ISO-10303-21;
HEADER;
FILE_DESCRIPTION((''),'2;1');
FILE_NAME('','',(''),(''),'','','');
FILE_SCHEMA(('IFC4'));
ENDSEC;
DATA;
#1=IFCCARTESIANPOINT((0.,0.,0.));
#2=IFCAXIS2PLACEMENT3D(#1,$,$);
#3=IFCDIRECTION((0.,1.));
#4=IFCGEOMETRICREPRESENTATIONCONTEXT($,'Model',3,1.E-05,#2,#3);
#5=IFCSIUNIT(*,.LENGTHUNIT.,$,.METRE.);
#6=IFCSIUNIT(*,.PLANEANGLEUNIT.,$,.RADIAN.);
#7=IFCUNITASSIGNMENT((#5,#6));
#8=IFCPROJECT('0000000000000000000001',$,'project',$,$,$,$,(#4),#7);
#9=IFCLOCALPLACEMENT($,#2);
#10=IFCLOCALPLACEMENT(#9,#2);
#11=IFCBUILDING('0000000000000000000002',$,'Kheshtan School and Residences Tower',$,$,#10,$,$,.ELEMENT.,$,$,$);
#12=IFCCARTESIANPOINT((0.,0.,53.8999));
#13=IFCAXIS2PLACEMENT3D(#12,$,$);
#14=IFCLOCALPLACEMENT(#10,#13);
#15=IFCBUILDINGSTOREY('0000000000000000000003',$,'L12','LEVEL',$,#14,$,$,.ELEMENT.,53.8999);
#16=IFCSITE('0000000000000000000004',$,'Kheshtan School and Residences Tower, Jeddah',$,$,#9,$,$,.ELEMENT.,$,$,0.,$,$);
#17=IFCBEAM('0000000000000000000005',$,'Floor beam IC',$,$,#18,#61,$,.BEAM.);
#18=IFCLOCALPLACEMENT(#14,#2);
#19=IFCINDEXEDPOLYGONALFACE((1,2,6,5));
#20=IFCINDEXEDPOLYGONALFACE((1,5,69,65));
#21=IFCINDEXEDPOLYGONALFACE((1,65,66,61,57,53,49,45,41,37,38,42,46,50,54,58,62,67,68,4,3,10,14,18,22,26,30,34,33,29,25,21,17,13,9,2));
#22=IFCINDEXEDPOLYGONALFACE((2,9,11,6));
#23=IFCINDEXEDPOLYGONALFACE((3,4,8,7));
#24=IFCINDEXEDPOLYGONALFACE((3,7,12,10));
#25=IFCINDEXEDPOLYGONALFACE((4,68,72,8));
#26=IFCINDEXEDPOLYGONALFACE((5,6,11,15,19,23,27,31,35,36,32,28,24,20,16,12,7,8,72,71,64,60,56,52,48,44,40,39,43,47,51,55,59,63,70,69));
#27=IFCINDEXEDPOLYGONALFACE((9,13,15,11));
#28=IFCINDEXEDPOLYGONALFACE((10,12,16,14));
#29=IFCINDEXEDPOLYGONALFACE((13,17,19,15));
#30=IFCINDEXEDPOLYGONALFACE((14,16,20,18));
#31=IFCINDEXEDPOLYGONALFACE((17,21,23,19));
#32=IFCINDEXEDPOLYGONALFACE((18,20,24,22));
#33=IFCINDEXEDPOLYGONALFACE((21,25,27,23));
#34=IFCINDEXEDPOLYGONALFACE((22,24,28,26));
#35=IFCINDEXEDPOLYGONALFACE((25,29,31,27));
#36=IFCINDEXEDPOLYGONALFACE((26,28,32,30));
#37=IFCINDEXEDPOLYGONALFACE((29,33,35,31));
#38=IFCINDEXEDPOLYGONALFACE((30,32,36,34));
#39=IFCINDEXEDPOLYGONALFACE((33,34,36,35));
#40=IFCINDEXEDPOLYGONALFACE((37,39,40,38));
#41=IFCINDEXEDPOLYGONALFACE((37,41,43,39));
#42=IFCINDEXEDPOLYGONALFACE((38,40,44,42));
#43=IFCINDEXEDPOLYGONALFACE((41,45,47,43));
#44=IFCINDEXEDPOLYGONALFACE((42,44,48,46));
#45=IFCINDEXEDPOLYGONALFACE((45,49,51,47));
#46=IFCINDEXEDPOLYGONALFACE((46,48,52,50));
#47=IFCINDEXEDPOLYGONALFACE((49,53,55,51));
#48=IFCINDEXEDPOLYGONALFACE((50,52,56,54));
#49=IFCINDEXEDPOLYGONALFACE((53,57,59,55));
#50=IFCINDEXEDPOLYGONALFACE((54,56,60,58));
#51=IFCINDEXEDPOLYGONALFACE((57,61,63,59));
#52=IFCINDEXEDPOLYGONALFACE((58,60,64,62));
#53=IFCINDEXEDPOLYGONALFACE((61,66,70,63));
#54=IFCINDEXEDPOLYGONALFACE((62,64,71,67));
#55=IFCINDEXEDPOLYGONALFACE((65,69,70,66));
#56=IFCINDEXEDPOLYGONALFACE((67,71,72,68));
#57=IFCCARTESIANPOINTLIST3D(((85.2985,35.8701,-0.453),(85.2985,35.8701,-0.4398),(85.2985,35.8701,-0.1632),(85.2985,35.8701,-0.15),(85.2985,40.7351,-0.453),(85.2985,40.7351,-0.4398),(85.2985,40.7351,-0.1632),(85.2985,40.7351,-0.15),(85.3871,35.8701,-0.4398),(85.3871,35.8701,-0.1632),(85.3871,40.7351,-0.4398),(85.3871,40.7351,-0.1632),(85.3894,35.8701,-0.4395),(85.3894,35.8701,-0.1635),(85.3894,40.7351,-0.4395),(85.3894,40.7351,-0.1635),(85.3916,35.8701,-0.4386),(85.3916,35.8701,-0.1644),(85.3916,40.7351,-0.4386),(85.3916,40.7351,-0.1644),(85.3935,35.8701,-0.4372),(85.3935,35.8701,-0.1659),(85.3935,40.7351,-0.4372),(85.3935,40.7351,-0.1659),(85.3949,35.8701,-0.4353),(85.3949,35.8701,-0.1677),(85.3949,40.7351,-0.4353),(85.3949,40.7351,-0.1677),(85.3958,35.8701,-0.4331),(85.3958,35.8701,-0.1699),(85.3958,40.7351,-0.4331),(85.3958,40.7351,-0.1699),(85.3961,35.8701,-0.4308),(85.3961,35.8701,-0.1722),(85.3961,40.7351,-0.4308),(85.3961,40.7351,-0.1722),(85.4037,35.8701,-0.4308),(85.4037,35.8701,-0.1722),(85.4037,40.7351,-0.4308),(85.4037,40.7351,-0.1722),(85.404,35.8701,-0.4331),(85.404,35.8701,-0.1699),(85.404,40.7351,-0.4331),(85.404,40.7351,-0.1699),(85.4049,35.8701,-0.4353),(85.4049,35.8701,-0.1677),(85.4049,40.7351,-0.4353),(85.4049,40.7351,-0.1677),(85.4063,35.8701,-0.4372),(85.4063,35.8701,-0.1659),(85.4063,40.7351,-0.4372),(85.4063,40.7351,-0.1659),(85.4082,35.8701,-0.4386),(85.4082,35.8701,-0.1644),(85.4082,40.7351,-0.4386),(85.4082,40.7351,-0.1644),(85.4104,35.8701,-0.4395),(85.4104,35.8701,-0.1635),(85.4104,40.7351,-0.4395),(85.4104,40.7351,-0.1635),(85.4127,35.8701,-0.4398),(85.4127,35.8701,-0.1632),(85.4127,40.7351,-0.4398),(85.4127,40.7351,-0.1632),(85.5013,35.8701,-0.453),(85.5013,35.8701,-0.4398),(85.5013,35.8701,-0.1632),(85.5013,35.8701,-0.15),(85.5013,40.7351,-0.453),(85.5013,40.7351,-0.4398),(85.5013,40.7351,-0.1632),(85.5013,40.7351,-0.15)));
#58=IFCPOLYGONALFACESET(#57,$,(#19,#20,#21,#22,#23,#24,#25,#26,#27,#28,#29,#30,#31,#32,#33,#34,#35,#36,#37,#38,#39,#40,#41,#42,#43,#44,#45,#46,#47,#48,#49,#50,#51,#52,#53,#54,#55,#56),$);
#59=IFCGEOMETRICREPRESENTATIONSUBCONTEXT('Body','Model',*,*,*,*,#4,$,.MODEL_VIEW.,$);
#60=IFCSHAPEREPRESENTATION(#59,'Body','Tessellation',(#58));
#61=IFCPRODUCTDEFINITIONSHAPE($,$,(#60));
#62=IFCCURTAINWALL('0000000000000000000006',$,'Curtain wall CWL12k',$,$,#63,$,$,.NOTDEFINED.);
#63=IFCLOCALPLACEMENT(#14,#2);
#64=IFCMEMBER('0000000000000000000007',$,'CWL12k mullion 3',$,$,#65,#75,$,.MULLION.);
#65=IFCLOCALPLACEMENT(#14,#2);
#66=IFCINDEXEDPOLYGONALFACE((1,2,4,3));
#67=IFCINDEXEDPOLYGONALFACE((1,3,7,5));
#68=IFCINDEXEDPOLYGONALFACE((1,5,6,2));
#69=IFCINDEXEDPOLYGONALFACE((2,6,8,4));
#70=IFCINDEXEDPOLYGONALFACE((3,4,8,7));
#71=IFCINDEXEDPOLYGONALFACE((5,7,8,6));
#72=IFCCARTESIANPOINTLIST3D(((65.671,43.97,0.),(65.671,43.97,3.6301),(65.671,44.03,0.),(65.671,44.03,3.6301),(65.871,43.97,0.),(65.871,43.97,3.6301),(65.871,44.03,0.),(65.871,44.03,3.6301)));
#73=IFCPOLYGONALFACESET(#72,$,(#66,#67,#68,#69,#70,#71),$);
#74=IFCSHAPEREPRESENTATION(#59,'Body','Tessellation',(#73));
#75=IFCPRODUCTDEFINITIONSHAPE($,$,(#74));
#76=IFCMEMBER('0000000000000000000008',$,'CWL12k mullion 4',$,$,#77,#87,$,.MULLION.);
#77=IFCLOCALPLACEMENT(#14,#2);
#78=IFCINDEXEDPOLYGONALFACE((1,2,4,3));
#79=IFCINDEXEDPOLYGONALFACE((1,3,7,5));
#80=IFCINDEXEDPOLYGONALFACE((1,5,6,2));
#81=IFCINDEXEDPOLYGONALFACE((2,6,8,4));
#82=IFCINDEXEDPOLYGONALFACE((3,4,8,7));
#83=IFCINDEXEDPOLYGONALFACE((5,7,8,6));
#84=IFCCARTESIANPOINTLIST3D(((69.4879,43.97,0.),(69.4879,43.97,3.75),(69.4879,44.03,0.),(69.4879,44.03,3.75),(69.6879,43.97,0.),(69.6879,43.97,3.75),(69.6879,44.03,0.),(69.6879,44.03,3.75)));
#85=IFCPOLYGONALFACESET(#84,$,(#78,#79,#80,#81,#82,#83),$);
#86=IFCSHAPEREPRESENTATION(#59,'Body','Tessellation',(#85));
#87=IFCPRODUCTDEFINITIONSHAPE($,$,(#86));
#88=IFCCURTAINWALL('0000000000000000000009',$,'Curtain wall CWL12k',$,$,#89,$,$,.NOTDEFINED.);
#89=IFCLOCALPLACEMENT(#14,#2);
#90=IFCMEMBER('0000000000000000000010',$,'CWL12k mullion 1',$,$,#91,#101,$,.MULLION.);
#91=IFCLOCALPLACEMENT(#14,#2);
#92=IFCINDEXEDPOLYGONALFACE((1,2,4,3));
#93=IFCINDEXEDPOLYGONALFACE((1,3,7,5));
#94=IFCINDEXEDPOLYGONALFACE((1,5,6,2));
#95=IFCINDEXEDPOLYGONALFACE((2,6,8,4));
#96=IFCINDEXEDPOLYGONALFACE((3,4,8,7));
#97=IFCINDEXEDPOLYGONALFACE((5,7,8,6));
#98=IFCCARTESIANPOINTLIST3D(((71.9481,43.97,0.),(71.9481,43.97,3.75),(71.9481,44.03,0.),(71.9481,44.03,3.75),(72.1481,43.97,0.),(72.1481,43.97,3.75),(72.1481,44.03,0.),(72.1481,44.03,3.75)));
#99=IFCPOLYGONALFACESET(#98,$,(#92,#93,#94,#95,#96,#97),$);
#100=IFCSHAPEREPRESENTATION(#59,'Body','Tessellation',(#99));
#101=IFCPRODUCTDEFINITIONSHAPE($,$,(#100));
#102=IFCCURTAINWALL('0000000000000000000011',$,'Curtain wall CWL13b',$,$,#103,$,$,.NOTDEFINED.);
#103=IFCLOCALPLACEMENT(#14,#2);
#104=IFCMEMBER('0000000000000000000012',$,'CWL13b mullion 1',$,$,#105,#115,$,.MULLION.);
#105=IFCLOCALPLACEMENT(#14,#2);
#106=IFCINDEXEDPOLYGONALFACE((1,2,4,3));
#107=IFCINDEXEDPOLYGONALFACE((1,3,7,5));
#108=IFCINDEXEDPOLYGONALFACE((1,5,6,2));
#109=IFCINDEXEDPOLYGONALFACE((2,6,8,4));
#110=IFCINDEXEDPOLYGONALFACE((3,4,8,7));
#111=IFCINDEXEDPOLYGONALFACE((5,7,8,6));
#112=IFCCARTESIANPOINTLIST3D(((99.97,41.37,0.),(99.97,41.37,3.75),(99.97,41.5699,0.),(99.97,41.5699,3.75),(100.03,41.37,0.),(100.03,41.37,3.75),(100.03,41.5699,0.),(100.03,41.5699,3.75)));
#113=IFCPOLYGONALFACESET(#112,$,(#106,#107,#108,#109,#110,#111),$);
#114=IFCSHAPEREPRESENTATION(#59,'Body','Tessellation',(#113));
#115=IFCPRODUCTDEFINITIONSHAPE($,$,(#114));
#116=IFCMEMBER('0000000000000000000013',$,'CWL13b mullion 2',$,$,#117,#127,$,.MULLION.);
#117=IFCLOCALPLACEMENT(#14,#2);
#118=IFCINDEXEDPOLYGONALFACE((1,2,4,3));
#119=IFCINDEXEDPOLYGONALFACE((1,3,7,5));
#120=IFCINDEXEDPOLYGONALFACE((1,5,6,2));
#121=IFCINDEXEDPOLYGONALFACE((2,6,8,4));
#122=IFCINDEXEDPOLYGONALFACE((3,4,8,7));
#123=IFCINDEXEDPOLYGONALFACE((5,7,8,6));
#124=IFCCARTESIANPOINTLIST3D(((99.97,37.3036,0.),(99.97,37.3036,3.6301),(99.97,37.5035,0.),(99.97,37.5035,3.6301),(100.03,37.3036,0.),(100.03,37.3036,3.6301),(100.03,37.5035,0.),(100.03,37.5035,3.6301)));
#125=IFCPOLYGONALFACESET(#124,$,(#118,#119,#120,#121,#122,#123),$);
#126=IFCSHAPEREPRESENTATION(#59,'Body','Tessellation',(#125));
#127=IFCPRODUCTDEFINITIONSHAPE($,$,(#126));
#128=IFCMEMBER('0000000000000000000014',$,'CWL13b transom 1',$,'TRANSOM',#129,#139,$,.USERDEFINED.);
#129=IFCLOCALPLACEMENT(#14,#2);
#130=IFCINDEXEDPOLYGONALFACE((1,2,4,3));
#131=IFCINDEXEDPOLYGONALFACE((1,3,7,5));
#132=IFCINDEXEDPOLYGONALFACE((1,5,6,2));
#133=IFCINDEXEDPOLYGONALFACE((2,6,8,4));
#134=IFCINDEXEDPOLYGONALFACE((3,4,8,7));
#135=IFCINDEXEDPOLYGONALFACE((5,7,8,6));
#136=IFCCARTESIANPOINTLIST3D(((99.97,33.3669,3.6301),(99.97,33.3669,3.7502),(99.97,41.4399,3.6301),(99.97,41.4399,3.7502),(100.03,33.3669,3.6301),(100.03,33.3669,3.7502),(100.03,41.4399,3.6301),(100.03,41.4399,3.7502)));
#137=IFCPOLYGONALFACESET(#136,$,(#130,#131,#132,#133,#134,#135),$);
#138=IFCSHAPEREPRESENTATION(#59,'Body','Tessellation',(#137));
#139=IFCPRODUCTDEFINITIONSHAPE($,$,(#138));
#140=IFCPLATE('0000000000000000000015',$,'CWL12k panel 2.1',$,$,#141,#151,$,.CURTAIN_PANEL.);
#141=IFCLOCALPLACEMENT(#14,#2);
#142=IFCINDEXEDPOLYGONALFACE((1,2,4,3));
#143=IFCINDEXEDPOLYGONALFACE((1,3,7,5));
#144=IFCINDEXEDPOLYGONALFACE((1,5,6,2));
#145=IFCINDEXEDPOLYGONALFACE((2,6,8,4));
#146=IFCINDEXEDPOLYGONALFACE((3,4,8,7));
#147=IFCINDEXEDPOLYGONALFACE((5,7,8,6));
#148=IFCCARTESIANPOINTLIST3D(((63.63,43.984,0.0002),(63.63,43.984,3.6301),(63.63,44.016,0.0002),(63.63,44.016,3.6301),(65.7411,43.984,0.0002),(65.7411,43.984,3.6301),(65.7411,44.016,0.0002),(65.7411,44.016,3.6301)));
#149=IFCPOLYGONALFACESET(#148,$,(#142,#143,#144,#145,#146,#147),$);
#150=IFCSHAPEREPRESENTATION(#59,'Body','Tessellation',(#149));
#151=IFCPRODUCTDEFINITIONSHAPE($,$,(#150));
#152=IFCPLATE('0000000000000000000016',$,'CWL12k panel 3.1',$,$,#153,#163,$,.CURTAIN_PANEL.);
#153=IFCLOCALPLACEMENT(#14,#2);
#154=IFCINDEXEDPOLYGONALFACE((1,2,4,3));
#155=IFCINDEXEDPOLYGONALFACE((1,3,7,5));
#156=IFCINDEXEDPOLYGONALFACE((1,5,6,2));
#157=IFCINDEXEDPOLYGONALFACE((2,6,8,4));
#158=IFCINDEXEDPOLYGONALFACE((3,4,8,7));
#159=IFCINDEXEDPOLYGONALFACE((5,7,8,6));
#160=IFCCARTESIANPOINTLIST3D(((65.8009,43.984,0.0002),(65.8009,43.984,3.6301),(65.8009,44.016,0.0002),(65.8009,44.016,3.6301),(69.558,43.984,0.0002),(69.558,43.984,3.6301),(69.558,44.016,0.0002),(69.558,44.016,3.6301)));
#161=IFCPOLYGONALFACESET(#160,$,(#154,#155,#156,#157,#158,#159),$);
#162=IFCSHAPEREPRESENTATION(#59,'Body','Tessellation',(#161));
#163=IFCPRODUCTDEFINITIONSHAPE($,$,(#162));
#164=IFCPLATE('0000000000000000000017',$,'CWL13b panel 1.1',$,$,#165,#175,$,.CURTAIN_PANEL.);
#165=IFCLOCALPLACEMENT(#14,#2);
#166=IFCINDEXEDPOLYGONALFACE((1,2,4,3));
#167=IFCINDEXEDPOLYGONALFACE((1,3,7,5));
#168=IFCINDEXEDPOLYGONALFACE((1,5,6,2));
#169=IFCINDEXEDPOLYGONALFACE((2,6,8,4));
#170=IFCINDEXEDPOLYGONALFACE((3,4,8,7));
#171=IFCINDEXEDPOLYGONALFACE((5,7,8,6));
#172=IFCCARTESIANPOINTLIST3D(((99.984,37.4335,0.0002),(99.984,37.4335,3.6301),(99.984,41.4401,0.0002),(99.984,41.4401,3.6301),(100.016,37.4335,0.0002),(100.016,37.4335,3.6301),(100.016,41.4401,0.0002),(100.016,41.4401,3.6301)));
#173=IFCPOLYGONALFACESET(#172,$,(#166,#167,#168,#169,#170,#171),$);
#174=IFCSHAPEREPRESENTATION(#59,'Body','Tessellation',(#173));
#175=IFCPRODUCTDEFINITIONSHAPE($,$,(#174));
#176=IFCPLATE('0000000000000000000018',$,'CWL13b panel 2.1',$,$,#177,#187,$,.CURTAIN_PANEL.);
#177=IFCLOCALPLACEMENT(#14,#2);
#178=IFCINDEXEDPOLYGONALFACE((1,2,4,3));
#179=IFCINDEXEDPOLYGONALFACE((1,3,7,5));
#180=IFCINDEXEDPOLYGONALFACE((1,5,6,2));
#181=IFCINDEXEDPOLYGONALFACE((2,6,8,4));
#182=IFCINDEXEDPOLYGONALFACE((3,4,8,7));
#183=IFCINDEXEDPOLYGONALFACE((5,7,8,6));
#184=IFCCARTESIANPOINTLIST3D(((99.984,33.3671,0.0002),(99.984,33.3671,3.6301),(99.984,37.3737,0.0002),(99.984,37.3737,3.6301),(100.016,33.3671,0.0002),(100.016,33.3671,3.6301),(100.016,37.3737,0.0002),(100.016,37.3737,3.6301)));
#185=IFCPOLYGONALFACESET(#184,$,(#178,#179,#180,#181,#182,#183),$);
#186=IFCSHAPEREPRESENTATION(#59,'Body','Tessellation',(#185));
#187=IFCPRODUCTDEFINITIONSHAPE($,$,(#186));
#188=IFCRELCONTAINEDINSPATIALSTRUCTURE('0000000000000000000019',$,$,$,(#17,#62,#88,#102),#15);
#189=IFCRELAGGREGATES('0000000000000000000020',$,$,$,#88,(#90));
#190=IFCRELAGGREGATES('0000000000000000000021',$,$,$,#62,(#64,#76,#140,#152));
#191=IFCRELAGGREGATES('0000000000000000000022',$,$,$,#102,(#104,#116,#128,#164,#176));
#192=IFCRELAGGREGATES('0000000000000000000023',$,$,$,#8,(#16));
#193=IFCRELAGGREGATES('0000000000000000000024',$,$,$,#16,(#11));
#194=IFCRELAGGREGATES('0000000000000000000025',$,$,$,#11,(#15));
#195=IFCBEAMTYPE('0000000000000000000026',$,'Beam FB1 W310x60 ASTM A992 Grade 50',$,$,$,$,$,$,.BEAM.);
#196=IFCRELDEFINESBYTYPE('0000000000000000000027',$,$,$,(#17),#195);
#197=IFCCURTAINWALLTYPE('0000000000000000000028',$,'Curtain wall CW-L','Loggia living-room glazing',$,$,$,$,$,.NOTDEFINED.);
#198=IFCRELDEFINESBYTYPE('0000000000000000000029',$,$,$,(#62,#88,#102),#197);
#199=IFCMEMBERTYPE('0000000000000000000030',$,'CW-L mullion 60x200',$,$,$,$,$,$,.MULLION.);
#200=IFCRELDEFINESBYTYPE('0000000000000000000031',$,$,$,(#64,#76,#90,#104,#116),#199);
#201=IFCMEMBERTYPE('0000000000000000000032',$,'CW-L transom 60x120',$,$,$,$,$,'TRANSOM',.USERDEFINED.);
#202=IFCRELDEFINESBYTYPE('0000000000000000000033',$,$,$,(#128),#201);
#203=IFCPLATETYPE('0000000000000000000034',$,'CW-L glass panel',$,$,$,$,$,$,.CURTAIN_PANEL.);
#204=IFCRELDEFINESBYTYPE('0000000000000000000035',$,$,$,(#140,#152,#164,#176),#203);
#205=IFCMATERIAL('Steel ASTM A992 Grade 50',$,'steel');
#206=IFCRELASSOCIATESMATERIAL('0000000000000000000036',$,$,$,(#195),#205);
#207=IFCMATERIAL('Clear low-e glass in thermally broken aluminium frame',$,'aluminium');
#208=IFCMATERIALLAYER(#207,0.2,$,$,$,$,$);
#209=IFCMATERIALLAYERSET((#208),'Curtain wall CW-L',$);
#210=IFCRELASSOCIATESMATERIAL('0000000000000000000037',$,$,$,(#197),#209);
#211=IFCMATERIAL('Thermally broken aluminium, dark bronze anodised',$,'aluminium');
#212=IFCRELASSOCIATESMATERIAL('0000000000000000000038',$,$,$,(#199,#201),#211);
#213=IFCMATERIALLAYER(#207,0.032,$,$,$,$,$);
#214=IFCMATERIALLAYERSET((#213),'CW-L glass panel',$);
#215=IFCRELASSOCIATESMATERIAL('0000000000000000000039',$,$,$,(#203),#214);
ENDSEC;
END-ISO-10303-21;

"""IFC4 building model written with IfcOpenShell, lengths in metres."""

from ifc_helpers import new_model, si_unit, direction, frame, origin, origin_2d, place, context, subcontext, project, spatial, rectangle, i_section, extrude, material, layer, layer_set, material_profile, profile_set, type_object, element, aggregate, save


model = new_model("IFC4")

# Units and contexts
model_context = context("Model", 3, precision=1e-05, world=origin(), true_north=direction((0.0, 1.0)))
body_context = subcontext(model_context, "Body", "Model", "MODEL_VIEW")
ifc_project = project(units=[si_unit("LENGTHUNIT", "METRE"), si_unit("PLANEANGLEUNIT", "RADIAN")], contexts=[model_context])

# Site, building, storey
site_placement = place(None, origin())
site = spatial("IfcSite", under=ifc_project, at=site_placement, Name="Kheshtan School and Residences Tower, Jeddah", CompositionType="ELEMENT", RefElevation=0.0)
building_placement = place(site_placement, origin())
building = spatial("IfcBuilding", under=site, at=building_placement, Name="Kheshtan School and Residences Tower", CompositionType="ELEMENT")
storey_placement = place(building_placement, frame((0.0, 0.0, 53.8999)))
storey = spatial("IfcBuildingStorey", under=building, at=storey_placement, Name="L12", Description="LEVEL", CompositionType="ELEMENT", Elevation=53.8999)

# Beam
ifc_material_1 = material(Name="Steel ASTM A992 Grade 50", Category="steel")
ifc_material_profile_1 = material_profile(ifc_material_1, i_section(OverallWidth=0.2029, OverallDepth=0.303, WebThickness=0.0076, FlangeThickness=0.0132, FilletRadius=0.009, at=origin_2d()), Name="W310x60")
ifc_profile_set_1 = profile_set([ifc_material_profile_1], Name="Steel ASTM A992 Grade 50")
beam_type = type_object("IfcBeamType", Name="Beam FB1 W310x60 ASTM A992 Grade 50", PredefinedType="BEAM", material=ifc_profile_set_1)
beam_placement = place(storey_placement, frame((85.3999, 40.7351, -0.3015), z_axis=(0.0, -1.0, 0.0), x_axis=(1.0, 0.0, 0.0)))
element("IfcBeam", 1, at=beam_placement, inside=storey, type_object=beam_type, Name="Floor beam IC", PredefinedType="BEAM", context=body_context, shape_type="SweptSolid", body=[
    extrude(i_section(OverallWidth=0.2029, OverallDepth=0.303, WebThickness=0.0076, FlangeThickness=0.0132, FilletRadius=0.009, at=origin_2d()), origin(), (0.0, 0.0, 1.0), 4.865),
])

# Curtain wall, members
ifc_material_2 = material(Name="Clear low-e glass in thermally broken aluminium frame", Category="aluminium")
ifc_layer_1 = layer(ifc_material_2, 0.2)
ifc_layer_set_1 = layer_set([ifc_layer_1], Name="Curtain wall CW-L")
curtain_wall_type = type_object("IfcCurtainWallType", Name="Curtain wall CW-L", Description="Loggia living-room glazing", PredefinedType="NOTDEFINED", material=ifc_layer_set_1)
curtain_wall_1_placement = place(storey_placement, origin())
curtain_wall_1 = element("IfcCurtainWall", 2, at=curtain_wall_1_placement, inside=storey, type_object=curtain_wall_type, Name="Curtain wall CWL12k", PredefinedType="NOTDEFINED")
ifc_material_3 = material(Name="Thermally broken aluminium, dark bronze anodised", Category="aluminium")
ifc_material_profile_2 = material_profile(ifc_material_3, rectangle(XDim=0.0601, YDim=0.2, at=origin_2d()), Name="CW-L mullion 60x200")
ifc_profile_set_2 = profile_set([ifc_material_profile_2], Name="Thermally broken aluminium, dark bronze anodised")
member_type_1 = type_object("IfcMemberType", Name="CW-L mullion 60x200", PredefinedType="MULLION", material=ifc_profile_set_2)
member_1_placement = place(storey_placement, frame((65.771, 44.0, 0.0), z_axis=(0.0, 0.0, 1.0), x_axis=(0.0, 1.0, 0.0)))
member_1 = element("IfcMember", 3, at=member_1_placement, type_object=member_type_1, Name="CWL12k mullion 3", PredefinedType="MULLION", context=body_context, shape_type="SweptSolid", body=[
    extrude(rectangle(XDim=0.0601, YDim=0.2, at=origin_2d()), origin(), (0.0, 0.0, 1.0), 3.6301),
])
member_2_placement = place(storey_placement, frame((69.5879, 44.0, 0.0), z_axis=(0.0, 0.0, 1.0), x_axis=(0.0, 1.0, 0.0)))
member_2 = element("IfcMember", 4, at=member_2_placement, type_object=member_type_1, Name="CWL12k mullion 4", PredefinedType="MULLION", context=body_context, shape_type="SweptSolid", body=[
    extrude(rectangle(XDim=0.0601, YDim=0.2, at=origin_2d()), origin(), (0.0, 0.0, 1.0), 3.75),
])

# Curtain wall, member
curtain_wall_2_placement = place(storey_placement, origin())
curtain_wall_2 = element("IfcCurtainWall", 5, at=curtain_wall_2_placement, inside=storey, type_object=curtain_wall_type, Name="Curtain wall CWL12k", PredefinedType="NOTDEFINED")
member_3_placement = place(storey_placement, frame((72.0481, 44.0, 0.0), z_axis=(0.0, 0.0, 1.0), x_axis=(0.0, 1.0, 0.0)))
member_3 = element("IfcMember", 6, at=member_3_placement, type_object=member_type_1, Name="CWL12k mullion 1", PredefinedType="MULLION", context=body_context, shape_type="SweptSolid", body=[
    extrude(rectangle(XDim=0.0601, YDim=0.2, at=origin_2d()), origin(), (0.0, 0.0, 1.0), 3.75),
])
aggregate(curtain_wall_2, [member_3])

# Curtain wall, members
curtain_wall_3_placement = place(storey_placement, origin())
curtain_wall_3 = element("IfcCurtainWall", 7, at=curtain_wall_3_placement, inside=storey, type_object=curtain_wall_type, Name="Curtain wall CWL13b", PredefinedType="NOTDEFINED")
member_4_placement = place(storey_placement, frame((100.0, 41.47, 0.0), z_axis=(0.0, 0.0, 1.0), x_axis=(1.0, 0.0, 0.0)))
member_4 = element("IfcMember", 8, at=member_4_placement, type_object=member_type_1, Name="CWL13b mullion 1", PredefinedType="MULLION", context=body_context, shape_type="SweptSolid", body=[
    extrude(rectangle(XDim=0.0601, YDim=0.2, at=origin_2d()), origin(), (0.0, 0.0, 1.0), 3.75),
])
member_5_placement = place(storey_placement, frame((100.0, 37.4036, 0.0), z_axis=(0.0, 0.0, 1.0), x_axis=(1.0, 0.0, 0.0)))
member_5 = element("IfcMember", 9, at=member_5_placement, type_object=member_type_1, Name="CWL13b mullion 2", PredefinedType="MULLION", context=body_context, shape_type="SweptSolid", body=[
    extrude(rectangle(XDim=0.0601, YDim=0.2, at=origin_2d()), origin(), (0.0, 0.0, 1.0), 3.6301),
])
ifc_material_profile_3 = material_profile(ifc_material_3, rectangle(XDim=0.0601, YDim=0.1201, at=origin_2d()), Name="CW-L transom 60x120")
ifc_profile_set_3 = profile_set([ifc_material_profile_3], Name="Thermally broken aluminium, dark bronze anodised")
member_type_2 = type_object("IfcMemberType", Name="CW-L transom 60x120", ElementType="TRANSOM", PredefinedType="USERDEFINED", material=ifc_profile_set_3)
member_6_placement = place(storey_placement, frame((100.0, 41.4399, 3.6902), z_axis=(0.0, -1.0, 0.0), x_axis=(1.0, 0.0, 0.0)))
member_6 = element("IfcMember", 10, at=member_6_placement, type_object=member_type_2, Name="CWL13b transom 1", ObjectType="TRANSOM", PredefinedType="USERDEFINED", context=body_context, shape_type="SweptSolid", body=[
    extrude(rectangle(XDim=0.0601, YDim=0.1201, at=origin_2d()), origin(), (0.0, 0.0, 1.0), 8.073),
])

# Plates
ifc_layer_2 = layer(ifc_material_2, 0.032)
ifc_layer_set_2 = layer_set([ifc_layer_2], Name="CW-L glass panel")
plate_type = type_object("IfcPlateType", Name="CW-L glass panel", PredefinedType="CURTAIN_PANEL", material=ifc_layer_set_2)
plate_1_placement = place(storey_placement, frame((64.6855, 44.0, 0.0002), z_axis=(0.0, 0.0, 1.0), x_axis=(1.0, 0.0, 0.0)))
plate_1 = element("IfcPlate", 11, at=plate_1_placement, type_object=plate_type, Name="CWL12k panel 2.1", PredefinedType="CURTAIN_PANEL", context=body_context, shape_type="SweptSolid", body=[
    extrude(rectangle(XDim=2.1111, YDim=0.032, at=origin_2d()), origin(), (0.0, 0.0, 1.0), 3.6299),
])
plate_2_placement = place(storey_placement, frame((67.6794, 44.0, 0.0002), z_axis=(0.0, 0.0, 1.0), x_axis=(1.0, 0.0, 0.0)))
plate_2 = element("IfcPlate", 12, at=plate_2_placement, type_object=plate_type, Name="CWL12k panel 3.1", PredefinedType="CURTAIN_PANEL", context=body_context, shape_type="SweptSolid", body=[
    extrude(rectangle(XDim=3.7571, YDim=0.032, at=origin_2d()), origin(), (0.0, 0.0, 1.0), 3.6299),
])
aggregate(curtain_wall_1, [member_1, member_2, plate_1, plate_2])
plate_3_placement = place(storey_placement, frame((100.0, 39.4368, 0.0002), z_axis=(0.0, 0.0, 1.0), x_axis=(0.0, -1.0, 0.0)))
plate_3 = element("IfcPlate", 13, at=plate_3_placement, type_object=plate_type, Name="CWL13b panel 1.1", PredefinedType="CURTAIN_PANEL", context=body_context, shape_type="SweptSolid", body=[
    extrude(rectangle(XDim=4.0066, YDim=0.032, at=origin_2d()), origin(), (0.0, 0.0, 1.0), 3.6299),
])
plate_4_placement = place(storey_placement, frame((100.0, 35.3704, 0.0002), z_axis=(0.0, 0.0, 1.0), x_axis=(0.0, -1.0, 0.0)))
plate_4 = element("IfcPlate", 14, at=plate_4_placement, type_object=plate_type, Name="CWL13b panel 2.1", PredefinedType="CURTAIN_PANEL", context=body_context, shape_type="SweptSolid", body=[
    extrude(rectangle(XDim=4.0066, YDim=0.032, at=origin_2d()), origin(), (0.0, 0.0, 1.0), 3.6299),
])
aggregate(curtain_wall_3, [member_4, member_5, member_6, plate_3, plate_4])

save(model, "model.ifc")
